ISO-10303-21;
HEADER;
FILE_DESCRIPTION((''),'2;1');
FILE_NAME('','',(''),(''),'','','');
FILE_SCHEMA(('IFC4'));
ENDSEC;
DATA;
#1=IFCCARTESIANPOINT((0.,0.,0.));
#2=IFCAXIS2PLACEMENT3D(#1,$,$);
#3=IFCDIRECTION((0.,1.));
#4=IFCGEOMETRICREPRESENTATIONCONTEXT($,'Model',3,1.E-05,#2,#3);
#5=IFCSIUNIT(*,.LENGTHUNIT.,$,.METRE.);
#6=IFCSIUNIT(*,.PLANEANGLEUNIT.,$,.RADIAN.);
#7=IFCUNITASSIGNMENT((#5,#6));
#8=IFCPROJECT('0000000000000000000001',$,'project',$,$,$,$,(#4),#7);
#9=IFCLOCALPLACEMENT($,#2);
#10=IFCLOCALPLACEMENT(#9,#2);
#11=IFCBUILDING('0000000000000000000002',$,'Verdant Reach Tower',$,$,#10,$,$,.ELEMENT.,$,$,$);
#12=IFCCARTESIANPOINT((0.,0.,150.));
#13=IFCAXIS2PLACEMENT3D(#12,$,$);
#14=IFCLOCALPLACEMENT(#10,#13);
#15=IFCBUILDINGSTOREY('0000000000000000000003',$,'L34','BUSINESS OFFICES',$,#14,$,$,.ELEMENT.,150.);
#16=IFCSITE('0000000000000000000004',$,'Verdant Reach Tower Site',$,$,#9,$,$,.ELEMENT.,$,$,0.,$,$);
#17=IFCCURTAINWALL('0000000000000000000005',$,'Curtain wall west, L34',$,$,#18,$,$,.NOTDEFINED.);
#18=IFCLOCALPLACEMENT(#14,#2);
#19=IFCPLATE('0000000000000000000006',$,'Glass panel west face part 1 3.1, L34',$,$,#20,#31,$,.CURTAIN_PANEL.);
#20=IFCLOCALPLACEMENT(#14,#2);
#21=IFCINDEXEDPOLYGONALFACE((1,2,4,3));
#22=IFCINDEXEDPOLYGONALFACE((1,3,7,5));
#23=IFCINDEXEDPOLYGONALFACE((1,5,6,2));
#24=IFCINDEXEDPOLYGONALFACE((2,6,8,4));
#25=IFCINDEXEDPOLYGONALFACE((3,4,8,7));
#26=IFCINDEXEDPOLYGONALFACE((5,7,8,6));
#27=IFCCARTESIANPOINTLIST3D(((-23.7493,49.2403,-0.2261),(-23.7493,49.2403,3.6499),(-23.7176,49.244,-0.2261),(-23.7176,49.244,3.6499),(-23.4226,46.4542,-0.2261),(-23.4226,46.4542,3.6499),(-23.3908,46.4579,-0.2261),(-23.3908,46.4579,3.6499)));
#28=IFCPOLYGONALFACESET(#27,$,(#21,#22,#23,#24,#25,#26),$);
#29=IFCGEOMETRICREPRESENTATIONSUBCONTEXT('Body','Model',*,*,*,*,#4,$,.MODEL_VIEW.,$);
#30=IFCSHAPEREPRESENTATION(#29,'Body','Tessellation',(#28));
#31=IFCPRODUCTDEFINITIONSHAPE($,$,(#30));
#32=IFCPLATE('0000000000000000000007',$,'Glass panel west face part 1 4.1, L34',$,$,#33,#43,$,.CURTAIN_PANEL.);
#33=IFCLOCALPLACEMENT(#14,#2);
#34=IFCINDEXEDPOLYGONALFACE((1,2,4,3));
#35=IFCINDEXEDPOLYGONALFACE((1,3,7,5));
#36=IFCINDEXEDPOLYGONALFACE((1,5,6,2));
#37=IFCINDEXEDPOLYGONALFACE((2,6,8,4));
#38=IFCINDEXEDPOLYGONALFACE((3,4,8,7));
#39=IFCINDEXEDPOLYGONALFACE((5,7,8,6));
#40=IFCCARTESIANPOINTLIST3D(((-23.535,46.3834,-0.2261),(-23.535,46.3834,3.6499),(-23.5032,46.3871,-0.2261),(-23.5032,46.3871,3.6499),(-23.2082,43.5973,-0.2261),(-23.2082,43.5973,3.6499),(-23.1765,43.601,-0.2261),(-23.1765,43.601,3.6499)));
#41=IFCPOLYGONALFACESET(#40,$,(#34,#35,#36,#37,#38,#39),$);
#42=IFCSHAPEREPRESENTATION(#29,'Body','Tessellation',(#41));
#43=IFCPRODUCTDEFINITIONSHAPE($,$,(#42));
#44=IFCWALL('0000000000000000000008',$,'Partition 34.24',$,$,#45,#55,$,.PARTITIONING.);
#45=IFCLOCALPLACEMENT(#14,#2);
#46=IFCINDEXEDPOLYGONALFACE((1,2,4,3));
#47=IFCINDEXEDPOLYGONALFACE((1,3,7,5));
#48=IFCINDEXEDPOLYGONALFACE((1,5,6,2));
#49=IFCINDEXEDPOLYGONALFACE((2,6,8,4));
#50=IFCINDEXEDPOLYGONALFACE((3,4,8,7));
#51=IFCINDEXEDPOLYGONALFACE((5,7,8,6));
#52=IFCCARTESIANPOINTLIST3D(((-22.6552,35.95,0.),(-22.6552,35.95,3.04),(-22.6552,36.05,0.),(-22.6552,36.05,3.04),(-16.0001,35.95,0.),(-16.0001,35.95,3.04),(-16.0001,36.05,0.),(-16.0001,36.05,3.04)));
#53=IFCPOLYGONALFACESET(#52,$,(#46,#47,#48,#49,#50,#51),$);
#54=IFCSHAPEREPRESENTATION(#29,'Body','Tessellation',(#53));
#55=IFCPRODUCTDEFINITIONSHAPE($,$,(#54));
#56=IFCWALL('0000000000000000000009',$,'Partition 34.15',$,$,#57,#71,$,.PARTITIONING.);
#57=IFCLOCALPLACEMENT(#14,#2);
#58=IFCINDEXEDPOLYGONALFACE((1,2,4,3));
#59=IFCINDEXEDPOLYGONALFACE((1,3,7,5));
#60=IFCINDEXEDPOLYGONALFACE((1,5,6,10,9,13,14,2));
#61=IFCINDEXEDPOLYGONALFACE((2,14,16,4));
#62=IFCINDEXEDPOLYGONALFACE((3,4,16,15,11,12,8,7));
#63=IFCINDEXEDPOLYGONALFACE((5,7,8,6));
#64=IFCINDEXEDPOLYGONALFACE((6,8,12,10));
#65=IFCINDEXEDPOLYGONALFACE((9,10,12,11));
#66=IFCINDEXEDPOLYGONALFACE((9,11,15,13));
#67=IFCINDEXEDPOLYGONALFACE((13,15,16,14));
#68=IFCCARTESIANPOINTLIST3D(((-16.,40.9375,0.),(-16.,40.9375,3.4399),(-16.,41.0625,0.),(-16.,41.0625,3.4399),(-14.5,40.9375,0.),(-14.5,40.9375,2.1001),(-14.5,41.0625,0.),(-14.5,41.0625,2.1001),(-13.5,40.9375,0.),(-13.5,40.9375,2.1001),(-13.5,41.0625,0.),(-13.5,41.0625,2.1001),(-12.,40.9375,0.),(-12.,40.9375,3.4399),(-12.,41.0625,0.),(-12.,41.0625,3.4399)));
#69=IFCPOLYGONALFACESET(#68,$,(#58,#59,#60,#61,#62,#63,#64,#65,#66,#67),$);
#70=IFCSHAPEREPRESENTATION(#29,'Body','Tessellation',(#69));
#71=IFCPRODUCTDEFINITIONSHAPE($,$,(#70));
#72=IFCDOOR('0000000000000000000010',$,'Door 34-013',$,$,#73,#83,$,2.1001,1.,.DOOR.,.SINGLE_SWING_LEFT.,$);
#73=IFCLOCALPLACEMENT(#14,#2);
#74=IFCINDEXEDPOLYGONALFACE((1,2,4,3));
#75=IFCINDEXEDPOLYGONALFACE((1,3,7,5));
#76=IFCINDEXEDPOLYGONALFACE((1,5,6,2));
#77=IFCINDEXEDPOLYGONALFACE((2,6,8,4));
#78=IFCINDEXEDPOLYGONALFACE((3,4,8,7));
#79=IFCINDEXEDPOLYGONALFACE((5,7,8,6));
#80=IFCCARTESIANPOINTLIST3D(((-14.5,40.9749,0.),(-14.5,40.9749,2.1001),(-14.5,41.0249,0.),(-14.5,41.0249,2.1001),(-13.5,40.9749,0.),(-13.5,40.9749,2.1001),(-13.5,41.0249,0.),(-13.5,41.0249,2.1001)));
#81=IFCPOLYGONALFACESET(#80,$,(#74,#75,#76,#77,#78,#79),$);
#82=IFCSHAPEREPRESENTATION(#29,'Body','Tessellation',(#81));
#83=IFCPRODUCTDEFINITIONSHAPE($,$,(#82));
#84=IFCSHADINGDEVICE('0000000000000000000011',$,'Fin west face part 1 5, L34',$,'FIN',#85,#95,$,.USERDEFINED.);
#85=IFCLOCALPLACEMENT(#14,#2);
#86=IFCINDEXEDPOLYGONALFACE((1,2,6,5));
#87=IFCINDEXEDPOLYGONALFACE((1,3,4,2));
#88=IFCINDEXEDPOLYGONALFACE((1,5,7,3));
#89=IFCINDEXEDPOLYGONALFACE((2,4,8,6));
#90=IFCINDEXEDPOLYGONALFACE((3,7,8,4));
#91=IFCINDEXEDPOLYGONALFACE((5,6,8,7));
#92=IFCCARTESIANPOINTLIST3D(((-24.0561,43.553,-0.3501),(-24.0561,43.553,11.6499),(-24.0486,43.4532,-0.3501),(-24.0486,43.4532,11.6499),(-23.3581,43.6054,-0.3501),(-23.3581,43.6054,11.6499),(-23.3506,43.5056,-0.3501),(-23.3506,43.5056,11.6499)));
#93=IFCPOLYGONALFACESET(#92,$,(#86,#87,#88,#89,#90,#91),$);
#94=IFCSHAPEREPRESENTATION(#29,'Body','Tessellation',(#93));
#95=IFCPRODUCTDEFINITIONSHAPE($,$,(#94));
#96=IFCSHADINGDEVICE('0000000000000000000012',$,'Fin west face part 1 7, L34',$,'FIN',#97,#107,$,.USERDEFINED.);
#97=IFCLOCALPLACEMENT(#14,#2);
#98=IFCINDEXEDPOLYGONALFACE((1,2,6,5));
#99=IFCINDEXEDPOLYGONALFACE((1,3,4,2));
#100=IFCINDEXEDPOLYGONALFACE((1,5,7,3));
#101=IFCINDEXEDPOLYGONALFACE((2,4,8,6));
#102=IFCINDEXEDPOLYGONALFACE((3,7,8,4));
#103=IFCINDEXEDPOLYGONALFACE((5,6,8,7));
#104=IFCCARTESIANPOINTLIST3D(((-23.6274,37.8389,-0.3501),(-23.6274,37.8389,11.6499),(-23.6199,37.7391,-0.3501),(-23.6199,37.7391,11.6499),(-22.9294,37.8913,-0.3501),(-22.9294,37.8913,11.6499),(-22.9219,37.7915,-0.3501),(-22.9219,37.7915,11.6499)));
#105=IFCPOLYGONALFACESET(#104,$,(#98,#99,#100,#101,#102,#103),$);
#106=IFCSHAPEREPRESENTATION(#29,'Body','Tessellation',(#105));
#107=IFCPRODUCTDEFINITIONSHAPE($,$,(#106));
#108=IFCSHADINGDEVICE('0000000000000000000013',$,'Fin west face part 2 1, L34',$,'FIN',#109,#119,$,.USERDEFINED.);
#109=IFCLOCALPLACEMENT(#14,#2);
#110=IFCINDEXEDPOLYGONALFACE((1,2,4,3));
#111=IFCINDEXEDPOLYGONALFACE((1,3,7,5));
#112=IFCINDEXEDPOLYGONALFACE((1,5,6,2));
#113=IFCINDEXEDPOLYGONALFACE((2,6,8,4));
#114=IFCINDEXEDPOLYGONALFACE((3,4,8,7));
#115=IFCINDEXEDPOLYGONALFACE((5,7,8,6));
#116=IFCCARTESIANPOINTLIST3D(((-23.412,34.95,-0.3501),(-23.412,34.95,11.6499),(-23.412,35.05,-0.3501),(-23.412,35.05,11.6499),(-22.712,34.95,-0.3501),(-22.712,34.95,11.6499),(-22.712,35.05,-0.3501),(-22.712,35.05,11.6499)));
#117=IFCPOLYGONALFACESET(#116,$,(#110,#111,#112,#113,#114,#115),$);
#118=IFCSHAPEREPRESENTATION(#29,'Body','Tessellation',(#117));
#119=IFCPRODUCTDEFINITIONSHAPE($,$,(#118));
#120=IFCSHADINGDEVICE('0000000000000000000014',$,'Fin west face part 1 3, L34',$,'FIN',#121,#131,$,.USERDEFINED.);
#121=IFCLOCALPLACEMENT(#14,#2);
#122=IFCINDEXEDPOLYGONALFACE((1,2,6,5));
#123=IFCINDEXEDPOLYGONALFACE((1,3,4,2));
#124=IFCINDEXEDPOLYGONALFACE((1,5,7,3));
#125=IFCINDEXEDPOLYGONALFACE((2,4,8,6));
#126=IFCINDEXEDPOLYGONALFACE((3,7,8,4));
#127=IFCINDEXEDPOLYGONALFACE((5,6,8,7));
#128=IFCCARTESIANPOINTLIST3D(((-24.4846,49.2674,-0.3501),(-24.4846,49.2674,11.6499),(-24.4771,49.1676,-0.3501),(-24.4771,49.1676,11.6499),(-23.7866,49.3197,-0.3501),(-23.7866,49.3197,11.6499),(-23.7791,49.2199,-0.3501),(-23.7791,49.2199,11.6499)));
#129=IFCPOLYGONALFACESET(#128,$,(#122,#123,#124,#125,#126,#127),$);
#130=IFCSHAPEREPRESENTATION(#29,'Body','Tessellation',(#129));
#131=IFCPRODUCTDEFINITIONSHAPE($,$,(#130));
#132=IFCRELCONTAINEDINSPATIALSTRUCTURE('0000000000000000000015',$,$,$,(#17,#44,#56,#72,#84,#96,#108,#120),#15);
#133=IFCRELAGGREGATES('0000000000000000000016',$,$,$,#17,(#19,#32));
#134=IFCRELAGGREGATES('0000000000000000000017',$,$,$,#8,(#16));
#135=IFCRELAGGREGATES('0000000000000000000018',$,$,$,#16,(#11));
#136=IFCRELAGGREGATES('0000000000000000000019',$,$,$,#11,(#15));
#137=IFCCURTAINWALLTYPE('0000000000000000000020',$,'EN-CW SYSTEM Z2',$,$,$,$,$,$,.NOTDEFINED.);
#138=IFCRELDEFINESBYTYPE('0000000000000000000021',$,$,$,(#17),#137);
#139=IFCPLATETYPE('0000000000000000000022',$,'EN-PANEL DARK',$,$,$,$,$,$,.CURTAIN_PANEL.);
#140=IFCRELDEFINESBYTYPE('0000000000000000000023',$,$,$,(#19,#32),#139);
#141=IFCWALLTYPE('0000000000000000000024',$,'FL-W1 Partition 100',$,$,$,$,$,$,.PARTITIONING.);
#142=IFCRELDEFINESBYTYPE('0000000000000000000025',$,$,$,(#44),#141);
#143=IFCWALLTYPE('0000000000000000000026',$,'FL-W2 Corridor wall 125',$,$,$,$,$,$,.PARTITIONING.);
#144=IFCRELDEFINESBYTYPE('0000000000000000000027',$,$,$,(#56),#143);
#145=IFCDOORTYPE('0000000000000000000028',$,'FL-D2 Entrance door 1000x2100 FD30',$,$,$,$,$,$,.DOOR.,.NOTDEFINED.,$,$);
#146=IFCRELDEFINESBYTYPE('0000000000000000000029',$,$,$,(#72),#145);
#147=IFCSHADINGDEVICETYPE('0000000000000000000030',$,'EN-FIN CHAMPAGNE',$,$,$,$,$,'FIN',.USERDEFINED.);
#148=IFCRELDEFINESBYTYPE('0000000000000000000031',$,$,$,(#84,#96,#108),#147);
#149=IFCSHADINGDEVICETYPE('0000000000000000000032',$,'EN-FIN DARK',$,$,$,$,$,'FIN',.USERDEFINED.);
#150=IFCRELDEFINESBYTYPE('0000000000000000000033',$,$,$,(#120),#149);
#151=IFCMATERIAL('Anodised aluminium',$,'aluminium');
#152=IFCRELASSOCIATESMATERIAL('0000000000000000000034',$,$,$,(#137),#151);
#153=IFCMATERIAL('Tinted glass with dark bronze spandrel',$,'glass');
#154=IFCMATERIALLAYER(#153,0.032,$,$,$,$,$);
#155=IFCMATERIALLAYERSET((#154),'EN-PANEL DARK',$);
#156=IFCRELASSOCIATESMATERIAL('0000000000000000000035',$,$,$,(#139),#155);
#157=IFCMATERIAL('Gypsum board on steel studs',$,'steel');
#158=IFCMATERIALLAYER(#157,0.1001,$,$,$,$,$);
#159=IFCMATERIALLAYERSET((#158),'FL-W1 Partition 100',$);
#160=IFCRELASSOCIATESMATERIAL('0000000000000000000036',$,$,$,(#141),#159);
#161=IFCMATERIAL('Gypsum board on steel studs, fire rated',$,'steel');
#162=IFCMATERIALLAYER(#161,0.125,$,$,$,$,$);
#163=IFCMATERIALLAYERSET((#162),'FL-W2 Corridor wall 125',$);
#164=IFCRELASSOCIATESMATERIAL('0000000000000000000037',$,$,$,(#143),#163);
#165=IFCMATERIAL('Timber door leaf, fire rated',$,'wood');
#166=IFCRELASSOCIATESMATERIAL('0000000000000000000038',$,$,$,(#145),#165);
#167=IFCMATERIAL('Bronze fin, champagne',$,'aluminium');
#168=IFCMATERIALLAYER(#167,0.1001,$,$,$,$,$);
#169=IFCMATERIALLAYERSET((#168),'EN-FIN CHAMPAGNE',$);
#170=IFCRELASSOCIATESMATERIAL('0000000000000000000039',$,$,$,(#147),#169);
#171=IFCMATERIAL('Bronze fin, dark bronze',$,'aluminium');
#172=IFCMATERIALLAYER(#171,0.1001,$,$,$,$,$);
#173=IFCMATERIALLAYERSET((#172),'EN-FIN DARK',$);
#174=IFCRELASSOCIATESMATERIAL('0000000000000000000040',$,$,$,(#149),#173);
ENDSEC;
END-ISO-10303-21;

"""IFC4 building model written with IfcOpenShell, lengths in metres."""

from ifc_helpers import new_model, si_unit, direction, frame, frame_2d, origin, origin_2d, place, context, subcontext, project, spatial, rectangle, extrude, material, layer, layer_set, type_object, element, fill, aggregate, save


model = new_model("IFC4")

# Units and contexts
model_context = context("Model", 3, precision=1e-05, world=origin(), true_north=direction((0.0, 1.0)))
body_context = subcontext(model_context, "Body", "Model", "MODEL_VIEW")
ifc_project = project(units=[si_unit("LENGTHUNIT", "METRE"), si_unit("PLANEANGLEUNIT", "RADIAN")], contexts=[model_context])

# Site, building, storey
site_placement = place(None, origin())
site = spatial("IfcSite", under=ifc_project, at=site_placement, Name="Verdant Reach Tower Site", CompositionType="ELEMENT", RefElevation=0.0)
building_placement = place(site_placement, origin())
building = spatial("IfcBuilding", under=site, at=building_placement, Name="Verdant Reach Tower", CompositionType="ELEMENT")
storey_placement = place(building_placement, frame((0.0, 0.0, 150.0)))
storey = spatial("IfcBuildingStorey", under=building, at=storey_placement, Name="L34", Description="BUSINESS OFFICES", CompositionType="ELEMENT", Elevation=150.0)

# Curtain wall
ifc_material_1 = material(Name="Anodised aluminium", Category="aluminium")
curtain_wall_type = type_object("IfcCurtainWallType", Name="EN-CW SYSTEM Z2", PredefinedType="NOTDEFINED", material=ifc_material_1)
curtain_wall_placement = place(storey_placement, origin())
curtain_wall = element("IfcCurtainWall", 1, at=curtain_wall_placement, inside=storey, type_object=curtain_wall_type, Name="Curtain wall west, L34", PredefinedType="NOTDEFINED")

# Plates
ifc_material_2 = material(Name="Tinted glass with dark bronze spandrel", Category="glass")
ifc_layer_1 = layer(ifc_material_2, 0.032)
ifc_layer_set_1 = layer_set([ifc_layer_1], Name="EN-PANEL DARK")
plate_type_1 = type_object("IfcPlateType", Name="EN-PANEL DARK", PredefinedType="CURTAIN_PANEL", material=ifc_layer_set_1)
plate_1_placement = place(storey_placement, frame((-23.5701, 47.8491, -0.2261), z_axis=(0.0, 0.0, 1.0), x_axis=(0.116483, -0.993193, 0.0)))
plate_1 = element("IfcPlate", 2, at=plate_1_placement, type_object=plate_type_1, Name="Glass panel west face part 1 3.1, L34", PredefinedType="CURTAIN_PANEL", context=body_context, shape_type="SweptSolid", body=[
    extrude(rectangle(XDim=2.8052, YDim=0.032, at=origin_2d()), origin(), (0.0, 0.0, 1.0), 3.876),
])
plate_2_placement = place(storey_placement, frame((-23.3557, 44.9922, -0.2261), z_axis=(0.0, 0.0, 1.0), x_axis=(0.116483, -0.993193, 0.0)))
plate_2 = element("IfcPlate", 3, at=plate_2_placement, type_object=plate_type_1, Name="Glass panel west face part 1 4.1, L34", PredefinedType="CURTAIN_PANEL", context=body_context, shape_type="SweptSolid", body=[
    extrude(rectangle(XDim=2.8052, YDim=0.032, at=origin_2d()), origin(), (0.0, 0.0, 1.0), 3.876),
])
aggregate(curtain_wall, [plate_1, plate_2])

# Wall
ifc_material_3 = material(Name="Gypsum board on steel studs", Category="steel")
ifc_layer_2 = layer(ifc_material_3, 0.1001)
ifc_layer_set_2 = layer_set([ifc_layer_2], Name="FL-W1 Partition 100")
wall_type_1 = type_object("IfcWallType", Name="FL-W1 Partition 100", PredefinedType="PARTITIONING", material=ifc_layer_set_2)
wall_1_placement = place(storey_placement, frame((-16.0, 36.0, 0.0), z_axis=(0.0, 0.0, 1.0), x_axis=(-1.0, 0.0, 0.0)))
element("IfcWall", 4, at=wall_1_placement, inside=storey, type_object=wall_type_1, Name="Partition 34.24", PredefinedType="PARTITIONING", context=body_context, shape_type="SweptSolid", body=[
    extrude(rectangle(XDim=6.655, YDim=0.1001, at=frame_2d((3.3276, 0.0))), origin(), (0.0, 0.0, 1.0), 3.04),
])

# Wall, opening, door
ifc_material_4 = material(Name="Gypsum board on steel studs, fire rated", Category="steel")
ifc_layer_3 = layer(ifc_material_4, 0.125)
ifc_layer_set_3 = layer_set([ifc_layer_3], Name="FL-W2 Corridor wall 125")
wall_type_2 = type_object("IfcWallType", Name="FL-W2 Corridor wall 125", PredefinedType="PARTITIONING", material=ifc_layer_set_3)
wall_2_placement = place(storey_placement, frame((-16.0, 41.0, 0.0), z_axis=(0.0, 0.0, 1.0), x_axis=(1.0, 0.0, 0.0)))
wall_2 = element("IfcWall", 5, at=wall_2_placement, inside=storey, type_object=wall_type_2, Name="Partition 34.15", PredefinedType="PARTITIONING", context=body_context, shape_type="SweptSolid", body=[
    extrude(rectangle(XDim=4.0, YDim=0.125, at=frame_2d((2.0, 0.0))), origin(), (0.0, 0.0, 1.0), 3.4399),
])
opening_placement = place(wall_2_placement, frame((1.5, 0.0, 0.0)))
opening = element("IfcOpeningElement", 6, at=opening_placement, cuts=wall_2, PredefinedType="OPENING", context=body_context, shape_type="SweptSolid", body=[
    extrude(rectangle(XDim=1.0, YDim=2.1001, at=frame_2d((0.5, 1.05))), frame((0.0, 0.0725, 0.0), z_axis=(0.0, -1.0, 0.0), x_axis=(1.0, 0.0, 0.0)), (0.0, 0.0, 1.0), 0.145),
])
ifc_material_5 = material(Name="Timber door leaf, fire rated", Category="wood")
door_type = type_object("IfcDoorType", Name="FL-D2 Entrance door 1000x2100 FD30", OperationType="NOTDEFINED", PredefinedType="DOOR", material=ifc_material_5)
door_placement = place(opening_placement, origin())
door = element("IfcDoor", 7, at=door_placement, inside=storey, type_object=door_type, Name="Door 34-013", OperationType="SINGLE_SWING_LEFT", OverallHeight=2.1001, OverallWidth=1.0, PredefinedType="DOOR", context=body_context, shape_type="SweptSolid", body=[
    extrude(rectangle(XDim=1.0, YDim=2.1001, at=frame_2d((0.5, 1.05))), frame((0.0, 0.0249, 0.0), z_axis=(0.0, -1.0, 0.0), x_axis=(1.0, 0.0, 0.0)), (0.0, 0.0, 1.0), 0.05),
])
fill(opening, door)

# Shading devices
ifc_material_6 = material(Name="Bronze fin, champagne", Category="aluminium")
ifc_layer_4 = layer(ifc_material_6, 0.1001)
ifc_layer_set_4 = layer_set([ifc_layer_4], Name="EN-FIN CHAMPAGNE")
shading_device_type_1 = type_object("IfcShadingDeviceType", Name="EN-FIN CHAMPAGNE", ElementType="FIN", PredefinedType="USERDEFINED", material=ifc_layer_set_4)
for number, where, z_axis, x_axis, name in (
    (8, (-23.7034, 43.5293, -0.3501), (0.0, 0.0, 1.0), (0.07479, -0.997199, 0.0), "Fin west face part 1 5, L34"),
    (9, (-23.2747, 37.8152, -0.3501), (0.0, 0.0, 1.0), (0.07479, -0.997199, 0.0), "Fin west face part 1 7, L34"),
    (10, (-23.062, 35.0, -0.3501), (0.0, 0.0, 1.0), (0.0, -1.0, 0.0), "Fin west face part 2 1, L34"),
):
    element("IfcShadingDevice", number, at=place(storey_placement, frame(where, z_axis=z_axis, x_axis=x_axis)), inside=storey, type_object=shading_device_type_1, Name=name, ObjectType="FIN", PredefinedType="USERDEFINED", context=body_context, shape_type="SweptSolid", body=[
        extrude(rectangle(XDim=0.1001, YDim=0.7, at=origin_2d()), origin(), (0.0, 0.0, 1.0), 12.0),
    ])
ifc_material_7 = material(Name="Bronze fin, dark bronze", Category="aluminium")
ifc_layer_5 = layer(ifc_material_7, 0.1001)
ifc_layer_set_5 = layer_set([ifc_layer_5], Name="EN-FIN DARK")
shading_device_type_2 = type_object("IfcShadingDeviceType", Name="EN-FIN DARK", ElementType="FIN", PredefinedType="USERDEFINED", material=ifc_layer_set_5)
shading_device_placement = place(storey_placement, frame((-24.1318, 49.2437, -0.3501), z_axis=(0.0, 0.0, 1.0), x_axis=(0.07479, -0.997199, 0.0)))
element("IfcShadingDevice", 11, at=shading_device_placement, inside=storey, type_object=shading_device_type_2, Name="Fin west face part 1 3, L34", ObjectType="FIN", PredefinedType="USERDEFINED", context=body_context, shape_type="SweptSolid", body=[
    extrude(rectangle(XDim=0.1001, YDim=0.7, at=origin_2d()), origin(), (0.0, 0.0, 1.0), 12.0),
])

save(model, "model.ifc")
